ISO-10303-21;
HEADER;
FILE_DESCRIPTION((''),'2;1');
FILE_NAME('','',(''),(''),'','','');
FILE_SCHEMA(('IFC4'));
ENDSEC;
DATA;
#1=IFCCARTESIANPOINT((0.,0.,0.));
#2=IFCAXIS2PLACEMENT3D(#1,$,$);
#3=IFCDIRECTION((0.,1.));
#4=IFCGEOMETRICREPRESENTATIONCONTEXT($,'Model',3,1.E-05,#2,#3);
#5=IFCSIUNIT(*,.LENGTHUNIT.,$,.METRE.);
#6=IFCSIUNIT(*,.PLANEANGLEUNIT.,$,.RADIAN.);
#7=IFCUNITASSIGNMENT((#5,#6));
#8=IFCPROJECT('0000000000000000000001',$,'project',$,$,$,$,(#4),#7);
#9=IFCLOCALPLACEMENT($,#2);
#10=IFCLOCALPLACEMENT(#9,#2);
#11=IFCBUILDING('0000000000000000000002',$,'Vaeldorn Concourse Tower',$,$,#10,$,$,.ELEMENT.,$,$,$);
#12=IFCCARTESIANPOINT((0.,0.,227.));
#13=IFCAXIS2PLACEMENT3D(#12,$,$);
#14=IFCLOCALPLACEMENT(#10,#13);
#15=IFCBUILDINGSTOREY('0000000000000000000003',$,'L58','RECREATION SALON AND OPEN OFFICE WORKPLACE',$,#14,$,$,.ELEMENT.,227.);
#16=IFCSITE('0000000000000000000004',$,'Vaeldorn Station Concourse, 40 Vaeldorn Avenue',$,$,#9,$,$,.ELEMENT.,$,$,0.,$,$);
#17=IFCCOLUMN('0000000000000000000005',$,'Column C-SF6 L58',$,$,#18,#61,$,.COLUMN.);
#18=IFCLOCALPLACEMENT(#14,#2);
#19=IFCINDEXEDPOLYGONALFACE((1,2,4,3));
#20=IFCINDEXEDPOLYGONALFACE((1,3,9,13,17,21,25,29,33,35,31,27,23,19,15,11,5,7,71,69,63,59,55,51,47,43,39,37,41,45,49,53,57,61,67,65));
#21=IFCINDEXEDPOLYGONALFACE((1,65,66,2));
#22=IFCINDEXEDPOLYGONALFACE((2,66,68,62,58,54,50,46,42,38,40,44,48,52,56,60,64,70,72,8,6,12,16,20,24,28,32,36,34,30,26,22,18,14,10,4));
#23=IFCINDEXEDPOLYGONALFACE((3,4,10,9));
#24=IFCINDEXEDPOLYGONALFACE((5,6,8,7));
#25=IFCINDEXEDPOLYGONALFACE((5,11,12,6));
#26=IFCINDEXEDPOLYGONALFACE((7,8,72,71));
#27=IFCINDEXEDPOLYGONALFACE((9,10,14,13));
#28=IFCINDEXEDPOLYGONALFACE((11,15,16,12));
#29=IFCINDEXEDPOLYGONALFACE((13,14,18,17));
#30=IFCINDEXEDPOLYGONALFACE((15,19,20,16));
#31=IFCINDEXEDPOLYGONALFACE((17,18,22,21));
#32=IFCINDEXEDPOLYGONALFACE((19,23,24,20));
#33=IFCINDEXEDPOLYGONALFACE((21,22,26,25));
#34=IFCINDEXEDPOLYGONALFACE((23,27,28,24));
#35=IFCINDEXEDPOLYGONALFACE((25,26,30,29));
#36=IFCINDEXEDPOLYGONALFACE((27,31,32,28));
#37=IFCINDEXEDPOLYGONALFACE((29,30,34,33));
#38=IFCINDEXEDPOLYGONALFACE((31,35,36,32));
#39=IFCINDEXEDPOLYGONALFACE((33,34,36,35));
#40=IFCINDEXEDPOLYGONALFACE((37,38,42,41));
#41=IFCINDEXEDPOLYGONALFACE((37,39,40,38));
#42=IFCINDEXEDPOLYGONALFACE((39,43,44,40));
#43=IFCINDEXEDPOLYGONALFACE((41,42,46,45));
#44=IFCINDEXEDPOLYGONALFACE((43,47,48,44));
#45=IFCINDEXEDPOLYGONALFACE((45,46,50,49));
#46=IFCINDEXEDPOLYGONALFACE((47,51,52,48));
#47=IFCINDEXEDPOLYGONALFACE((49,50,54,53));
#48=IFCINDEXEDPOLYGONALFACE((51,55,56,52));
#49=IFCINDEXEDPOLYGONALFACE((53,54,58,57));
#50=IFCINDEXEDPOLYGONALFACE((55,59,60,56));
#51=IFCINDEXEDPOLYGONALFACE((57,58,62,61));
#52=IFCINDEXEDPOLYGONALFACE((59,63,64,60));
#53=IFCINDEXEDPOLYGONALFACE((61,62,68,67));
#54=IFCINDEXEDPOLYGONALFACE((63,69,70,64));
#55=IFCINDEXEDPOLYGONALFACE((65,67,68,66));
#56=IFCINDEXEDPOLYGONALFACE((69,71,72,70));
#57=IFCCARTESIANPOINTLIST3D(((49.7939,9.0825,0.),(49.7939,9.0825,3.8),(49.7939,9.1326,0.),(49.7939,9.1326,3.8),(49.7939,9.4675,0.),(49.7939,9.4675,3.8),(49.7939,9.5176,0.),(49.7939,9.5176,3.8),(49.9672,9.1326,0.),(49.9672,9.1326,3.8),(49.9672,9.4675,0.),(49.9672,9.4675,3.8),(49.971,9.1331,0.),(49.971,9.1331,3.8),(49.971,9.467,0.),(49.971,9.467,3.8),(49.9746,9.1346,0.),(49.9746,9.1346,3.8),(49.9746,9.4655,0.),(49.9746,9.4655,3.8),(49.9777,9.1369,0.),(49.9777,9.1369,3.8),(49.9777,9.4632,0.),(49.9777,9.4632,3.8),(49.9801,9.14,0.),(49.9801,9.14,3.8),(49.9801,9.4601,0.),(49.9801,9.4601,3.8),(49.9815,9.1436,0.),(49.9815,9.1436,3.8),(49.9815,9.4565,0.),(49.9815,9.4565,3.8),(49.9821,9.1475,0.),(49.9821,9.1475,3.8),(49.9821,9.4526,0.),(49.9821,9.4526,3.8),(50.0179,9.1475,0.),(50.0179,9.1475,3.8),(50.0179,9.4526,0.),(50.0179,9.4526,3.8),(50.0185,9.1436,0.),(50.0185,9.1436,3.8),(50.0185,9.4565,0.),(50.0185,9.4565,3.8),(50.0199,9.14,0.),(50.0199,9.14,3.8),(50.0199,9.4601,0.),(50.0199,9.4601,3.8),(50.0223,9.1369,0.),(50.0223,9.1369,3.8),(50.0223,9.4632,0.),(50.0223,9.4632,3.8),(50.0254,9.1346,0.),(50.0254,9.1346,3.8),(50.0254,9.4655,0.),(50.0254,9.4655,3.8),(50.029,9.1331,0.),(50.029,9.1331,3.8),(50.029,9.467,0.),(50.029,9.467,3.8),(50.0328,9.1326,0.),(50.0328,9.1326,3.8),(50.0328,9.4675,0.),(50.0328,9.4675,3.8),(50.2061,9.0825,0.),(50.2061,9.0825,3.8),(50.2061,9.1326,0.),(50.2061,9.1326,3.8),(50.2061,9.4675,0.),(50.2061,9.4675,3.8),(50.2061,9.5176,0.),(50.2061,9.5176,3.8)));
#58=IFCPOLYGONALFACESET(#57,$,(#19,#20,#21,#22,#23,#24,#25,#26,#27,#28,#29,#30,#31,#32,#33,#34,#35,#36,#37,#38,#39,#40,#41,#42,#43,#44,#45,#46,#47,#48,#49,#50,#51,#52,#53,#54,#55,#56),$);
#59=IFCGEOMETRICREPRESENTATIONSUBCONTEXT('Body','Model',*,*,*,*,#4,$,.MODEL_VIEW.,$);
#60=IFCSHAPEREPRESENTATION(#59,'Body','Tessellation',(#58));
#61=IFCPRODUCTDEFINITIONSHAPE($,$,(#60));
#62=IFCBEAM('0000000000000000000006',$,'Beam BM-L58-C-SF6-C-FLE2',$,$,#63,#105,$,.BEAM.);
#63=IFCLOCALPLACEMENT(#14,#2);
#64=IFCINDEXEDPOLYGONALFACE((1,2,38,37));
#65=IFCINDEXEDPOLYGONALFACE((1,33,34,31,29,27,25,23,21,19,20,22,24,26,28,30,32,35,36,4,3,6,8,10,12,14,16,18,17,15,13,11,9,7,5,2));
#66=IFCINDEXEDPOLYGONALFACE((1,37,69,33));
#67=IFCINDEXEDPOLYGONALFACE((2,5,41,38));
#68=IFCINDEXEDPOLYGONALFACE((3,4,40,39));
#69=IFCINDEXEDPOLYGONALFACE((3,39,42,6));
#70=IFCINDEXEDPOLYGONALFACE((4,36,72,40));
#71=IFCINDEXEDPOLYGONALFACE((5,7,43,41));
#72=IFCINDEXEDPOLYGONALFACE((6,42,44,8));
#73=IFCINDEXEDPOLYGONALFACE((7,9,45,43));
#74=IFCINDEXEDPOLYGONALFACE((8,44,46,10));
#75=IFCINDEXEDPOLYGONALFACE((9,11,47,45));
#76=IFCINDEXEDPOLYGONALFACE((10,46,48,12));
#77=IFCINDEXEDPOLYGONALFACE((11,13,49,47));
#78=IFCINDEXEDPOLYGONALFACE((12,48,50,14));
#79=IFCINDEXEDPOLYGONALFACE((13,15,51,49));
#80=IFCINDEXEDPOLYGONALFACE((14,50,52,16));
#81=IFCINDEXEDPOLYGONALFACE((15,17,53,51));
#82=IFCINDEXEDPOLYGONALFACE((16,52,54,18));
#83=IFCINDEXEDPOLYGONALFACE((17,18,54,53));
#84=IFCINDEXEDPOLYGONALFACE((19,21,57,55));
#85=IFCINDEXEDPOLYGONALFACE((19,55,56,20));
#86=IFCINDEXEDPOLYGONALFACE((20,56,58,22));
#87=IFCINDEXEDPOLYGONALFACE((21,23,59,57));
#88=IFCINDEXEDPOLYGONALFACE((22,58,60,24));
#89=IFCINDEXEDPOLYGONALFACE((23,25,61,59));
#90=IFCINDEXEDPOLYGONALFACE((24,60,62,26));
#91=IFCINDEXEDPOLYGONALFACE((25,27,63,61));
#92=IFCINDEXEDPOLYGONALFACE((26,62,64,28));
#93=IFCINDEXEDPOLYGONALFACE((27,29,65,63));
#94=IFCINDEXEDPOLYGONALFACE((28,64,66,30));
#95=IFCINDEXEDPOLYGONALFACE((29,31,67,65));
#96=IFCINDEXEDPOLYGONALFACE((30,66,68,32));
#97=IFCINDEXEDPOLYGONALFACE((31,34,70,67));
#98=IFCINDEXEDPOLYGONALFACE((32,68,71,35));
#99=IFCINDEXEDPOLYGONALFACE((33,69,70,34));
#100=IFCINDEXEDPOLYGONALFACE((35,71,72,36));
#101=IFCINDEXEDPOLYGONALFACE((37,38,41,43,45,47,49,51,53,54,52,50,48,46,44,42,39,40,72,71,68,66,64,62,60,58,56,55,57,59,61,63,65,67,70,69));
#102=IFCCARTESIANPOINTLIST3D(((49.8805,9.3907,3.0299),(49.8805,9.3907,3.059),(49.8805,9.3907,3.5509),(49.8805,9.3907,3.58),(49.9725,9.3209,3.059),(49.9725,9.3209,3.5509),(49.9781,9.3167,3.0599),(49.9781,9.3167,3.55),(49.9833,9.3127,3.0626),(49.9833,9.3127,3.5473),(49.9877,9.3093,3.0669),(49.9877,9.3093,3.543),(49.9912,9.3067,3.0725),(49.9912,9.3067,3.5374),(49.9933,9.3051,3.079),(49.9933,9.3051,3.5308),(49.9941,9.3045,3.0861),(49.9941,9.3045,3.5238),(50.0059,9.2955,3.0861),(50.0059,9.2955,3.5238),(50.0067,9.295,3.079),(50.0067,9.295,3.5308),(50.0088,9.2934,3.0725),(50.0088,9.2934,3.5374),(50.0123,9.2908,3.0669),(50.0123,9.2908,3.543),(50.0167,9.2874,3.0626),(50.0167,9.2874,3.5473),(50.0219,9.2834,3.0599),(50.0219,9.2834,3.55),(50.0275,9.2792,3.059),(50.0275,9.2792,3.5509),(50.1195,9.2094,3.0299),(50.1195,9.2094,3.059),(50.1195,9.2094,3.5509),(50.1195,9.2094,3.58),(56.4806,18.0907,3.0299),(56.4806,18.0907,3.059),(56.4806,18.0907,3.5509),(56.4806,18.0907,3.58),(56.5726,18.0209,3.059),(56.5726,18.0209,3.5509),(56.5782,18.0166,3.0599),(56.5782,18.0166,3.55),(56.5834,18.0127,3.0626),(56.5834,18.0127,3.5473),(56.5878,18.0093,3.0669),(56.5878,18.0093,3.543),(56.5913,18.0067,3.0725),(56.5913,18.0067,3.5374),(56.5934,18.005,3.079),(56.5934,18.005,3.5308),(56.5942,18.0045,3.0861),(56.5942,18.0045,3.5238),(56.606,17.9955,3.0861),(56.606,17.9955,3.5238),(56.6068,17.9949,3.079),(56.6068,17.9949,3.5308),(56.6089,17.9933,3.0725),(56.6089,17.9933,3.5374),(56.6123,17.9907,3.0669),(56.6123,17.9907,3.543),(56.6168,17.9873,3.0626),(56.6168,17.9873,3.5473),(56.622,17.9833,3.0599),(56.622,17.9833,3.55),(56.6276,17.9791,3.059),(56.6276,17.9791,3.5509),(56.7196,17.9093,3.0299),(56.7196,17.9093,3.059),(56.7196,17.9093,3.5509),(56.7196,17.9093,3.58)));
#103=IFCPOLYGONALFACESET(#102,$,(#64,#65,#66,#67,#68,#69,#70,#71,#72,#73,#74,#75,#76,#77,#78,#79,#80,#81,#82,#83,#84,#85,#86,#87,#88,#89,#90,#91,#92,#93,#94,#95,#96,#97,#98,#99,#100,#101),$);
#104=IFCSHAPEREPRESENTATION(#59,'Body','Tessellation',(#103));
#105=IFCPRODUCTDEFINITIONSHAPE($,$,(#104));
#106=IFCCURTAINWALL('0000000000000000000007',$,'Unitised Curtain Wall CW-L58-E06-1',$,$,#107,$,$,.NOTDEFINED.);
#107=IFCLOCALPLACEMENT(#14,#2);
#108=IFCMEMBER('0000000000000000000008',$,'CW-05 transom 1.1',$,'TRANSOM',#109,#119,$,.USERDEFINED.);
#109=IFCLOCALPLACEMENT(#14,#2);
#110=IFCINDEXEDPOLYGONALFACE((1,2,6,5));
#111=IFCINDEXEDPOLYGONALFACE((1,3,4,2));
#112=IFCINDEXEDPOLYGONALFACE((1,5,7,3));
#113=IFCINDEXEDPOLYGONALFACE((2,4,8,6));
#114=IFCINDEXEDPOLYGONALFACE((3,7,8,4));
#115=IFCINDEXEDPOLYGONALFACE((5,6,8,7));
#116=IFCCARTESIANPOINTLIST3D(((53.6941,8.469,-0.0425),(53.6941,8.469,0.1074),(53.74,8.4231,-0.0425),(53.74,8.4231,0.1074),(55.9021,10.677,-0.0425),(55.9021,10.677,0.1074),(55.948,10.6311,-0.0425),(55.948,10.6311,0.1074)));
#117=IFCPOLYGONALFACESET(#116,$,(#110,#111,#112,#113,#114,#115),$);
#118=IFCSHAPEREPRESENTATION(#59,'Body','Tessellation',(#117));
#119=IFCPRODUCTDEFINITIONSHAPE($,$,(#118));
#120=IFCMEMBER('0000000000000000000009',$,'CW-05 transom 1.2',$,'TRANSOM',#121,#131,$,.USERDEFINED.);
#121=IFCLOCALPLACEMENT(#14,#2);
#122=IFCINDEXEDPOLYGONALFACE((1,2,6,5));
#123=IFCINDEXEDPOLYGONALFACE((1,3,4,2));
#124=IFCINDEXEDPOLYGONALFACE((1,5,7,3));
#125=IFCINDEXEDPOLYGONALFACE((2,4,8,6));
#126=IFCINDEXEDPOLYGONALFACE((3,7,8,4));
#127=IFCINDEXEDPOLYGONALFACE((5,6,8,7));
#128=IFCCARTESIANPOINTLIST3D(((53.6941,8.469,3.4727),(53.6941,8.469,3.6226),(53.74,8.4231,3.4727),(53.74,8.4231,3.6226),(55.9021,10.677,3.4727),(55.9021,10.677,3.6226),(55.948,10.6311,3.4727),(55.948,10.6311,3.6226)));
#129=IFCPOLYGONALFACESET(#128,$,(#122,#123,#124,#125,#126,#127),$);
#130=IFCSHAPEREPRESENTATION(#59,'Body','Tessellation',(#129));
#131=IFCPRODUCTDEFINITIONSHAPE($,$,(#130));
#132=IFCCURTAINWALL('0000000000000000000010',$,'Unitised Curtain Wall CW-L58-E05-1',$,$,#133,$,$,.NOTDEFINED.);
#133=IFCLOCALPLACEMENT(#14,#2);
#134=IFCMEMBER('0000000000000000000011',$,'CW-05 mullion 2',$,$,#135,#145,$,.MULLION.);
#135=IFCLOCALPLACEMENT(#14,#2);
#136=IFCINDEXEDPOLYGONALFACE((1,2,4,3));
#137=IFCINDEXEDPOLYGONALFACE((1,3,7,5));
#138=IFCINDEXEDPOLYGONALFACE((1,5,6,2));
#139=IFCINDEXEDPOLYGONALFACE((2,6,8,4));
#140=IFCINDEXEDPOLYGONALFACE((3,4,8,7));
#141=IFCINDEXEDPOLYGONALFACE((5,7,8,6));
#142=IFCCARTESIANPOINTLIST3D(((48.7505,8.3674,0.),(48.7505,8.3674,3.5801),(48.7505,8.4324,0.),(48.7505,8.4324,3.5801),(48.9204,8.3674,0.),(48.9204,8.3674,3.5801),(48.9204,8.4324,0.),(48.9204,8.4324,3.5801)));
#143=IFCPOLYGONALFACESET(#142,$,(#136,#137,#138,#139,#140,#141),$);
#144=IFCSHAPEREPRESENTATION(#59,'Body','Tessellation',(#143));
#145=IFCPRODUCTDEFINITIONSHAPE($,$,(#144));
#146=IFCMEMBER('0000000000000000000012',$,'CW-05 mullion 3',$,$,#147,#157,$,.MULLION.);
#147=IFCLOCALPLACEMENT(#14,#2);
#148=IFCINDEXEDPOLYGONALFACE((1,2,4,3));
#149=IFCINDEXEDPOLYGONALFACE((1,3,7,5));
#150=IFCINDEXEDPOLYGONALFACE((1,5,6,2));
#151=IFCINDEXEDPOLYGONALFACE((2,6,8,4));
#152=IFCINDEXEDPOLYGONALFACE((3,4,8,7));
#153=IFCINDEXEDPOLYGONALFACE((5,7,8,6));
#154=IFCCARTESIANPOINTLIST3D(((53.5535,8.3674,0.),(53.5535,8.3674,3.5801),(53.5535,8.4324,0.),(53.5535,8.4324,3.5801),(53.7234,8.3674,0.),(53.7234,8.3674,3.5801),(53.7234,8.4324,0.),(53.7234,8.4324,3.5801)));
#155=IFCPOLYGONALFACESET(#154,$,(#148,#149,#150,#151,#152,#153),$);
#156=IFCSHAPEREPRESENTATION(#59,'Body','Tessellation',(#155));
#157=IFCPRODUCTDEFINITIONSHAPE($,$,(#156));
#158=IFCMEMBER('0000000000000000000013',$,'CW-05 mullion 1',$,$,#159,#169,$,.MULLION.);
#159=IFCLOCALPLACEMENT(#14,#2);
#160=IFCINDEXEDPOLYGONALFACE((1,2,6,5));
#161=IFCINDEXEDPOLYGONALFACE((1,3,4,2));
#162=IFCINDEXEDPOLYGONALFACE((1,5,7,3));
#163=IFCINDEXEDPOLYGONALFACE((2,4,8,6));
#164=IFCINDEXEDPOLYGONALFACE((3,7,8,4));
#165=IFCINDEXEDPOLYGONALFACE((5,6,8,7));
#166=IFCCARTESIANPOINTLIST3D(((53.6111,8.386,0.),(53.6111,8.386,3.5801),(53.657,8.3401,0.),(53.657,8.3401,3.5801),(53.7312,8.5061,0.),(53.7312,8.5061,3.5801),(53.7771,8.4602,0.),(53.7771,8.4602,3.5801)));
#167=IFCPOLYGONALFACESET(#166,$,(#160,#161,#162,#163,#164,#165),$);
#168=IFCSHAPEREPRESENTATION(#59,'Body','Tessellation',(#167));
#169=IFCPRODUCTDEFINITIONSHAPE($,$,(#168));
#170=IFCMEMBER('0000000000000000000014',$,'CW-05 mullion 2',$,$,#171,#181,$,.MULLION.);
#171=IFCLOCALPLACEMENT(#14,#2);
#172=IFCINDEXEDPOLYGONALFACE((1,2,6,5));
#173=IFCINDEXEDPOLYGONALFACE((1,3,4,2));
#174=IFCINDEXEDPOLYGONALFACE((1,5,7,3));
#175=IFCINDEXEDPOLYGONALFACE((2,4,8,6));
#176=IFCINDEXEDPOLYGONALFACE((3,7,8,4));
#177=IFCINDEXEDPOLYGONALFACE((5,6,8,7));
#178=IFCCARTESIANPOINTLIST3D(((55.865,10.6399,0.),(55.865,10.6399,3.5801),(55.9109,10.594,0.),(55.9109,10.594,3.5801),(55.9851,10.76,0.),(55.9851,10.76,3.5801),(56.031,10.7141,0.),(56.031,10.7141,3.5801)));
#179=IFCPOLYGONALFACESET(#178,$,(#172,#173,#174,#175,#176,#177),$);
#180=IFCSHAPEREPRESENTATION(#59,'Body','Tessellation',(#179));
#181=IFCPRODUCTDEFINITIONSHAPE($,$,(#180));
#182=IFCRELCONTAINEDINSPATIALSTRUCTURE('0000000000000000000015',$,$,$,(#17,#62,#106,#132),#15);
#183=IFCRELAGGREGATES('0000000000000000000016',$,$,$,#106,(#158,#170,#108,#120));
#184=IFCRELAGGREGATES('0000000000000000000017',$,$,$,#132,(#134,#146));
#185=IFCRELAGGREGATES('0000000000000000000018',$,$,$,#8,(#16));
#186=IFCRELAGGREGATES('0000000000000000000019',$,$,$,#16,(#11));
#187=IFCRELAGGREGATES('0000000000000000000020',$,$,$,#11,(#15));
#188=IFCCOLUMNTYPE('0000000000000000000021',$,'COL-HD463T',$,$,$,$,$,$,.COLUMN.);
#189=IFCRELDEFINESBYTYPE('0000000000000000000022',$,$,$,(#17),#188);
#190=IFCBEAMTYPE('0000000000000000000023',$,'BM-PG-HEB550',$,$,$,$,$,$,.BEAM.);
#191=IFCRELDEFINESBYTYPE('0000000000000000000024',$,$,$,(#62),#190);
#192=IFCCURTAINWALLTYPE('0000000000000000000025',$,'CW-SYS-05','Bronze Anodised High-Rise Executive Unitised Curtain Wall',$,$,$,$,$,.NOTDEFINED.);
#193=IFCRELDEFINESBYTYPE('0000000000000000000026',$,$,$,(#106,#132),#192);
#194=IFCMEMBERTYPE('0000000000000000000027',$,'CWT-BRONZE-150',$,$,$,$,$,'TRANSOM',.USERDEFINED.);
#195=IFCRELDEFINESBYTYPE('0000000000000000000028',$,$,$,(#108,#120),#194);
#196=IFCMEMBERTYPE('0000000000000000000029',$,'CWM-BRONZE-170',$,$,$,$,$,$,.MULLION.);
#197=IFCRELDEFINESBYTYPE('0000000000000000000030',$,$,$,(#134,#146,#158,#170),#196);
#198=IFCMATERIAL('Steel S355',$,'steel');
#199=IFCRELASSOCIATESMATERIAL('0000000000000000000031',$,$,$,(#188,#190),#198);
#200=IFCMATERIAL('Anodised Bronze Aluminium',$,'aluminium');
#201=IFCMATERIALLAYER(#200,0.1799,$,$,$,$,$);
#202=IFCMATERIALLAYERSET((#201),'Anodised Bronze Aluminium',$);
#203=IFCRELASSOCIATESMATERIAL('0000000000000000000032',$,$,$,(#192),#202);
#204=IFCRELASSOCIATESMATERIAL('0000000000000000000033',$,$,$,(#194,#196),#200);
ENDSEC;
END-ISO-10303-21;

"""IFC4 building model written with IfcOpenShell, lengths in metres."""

from ifc_helpers import new_model, si_unit, direction, frame, origin, origin_2d, place, context, subcontext, project, spatial, rectangle, i_section, extrude, source, transform, mapped, material, layer, layer_set, material_profile, profile_set, type_object, element, aggregate, save


model = new_model("IFC4")

# Units and contexts
model_context = context("Model", 3, precision=1e-05, world=origin(), true_north=direction((0.0, 1.0)))
body_context = subcontext(model_context, "Body", "Model", "MODEL_VIEW")
ifc_project = project(units=[si_unit("LENGTHUNIT", "METRE"), si_unit("PLANEANGLEUNIT", "RADIAN")], contexts=[model_context])

# Site, building, storey
site_placement = place(None, origin())
site = spatial("IfcSite", under=ifc_project, at=site_placement, Name="Vaeldorn Station Concourse, 40 Vaeldorn Avenue", CompositionType="ELEMENT", RefElevation=0.0)
building_placement = place(site_placement, origin())
building = spatial("IfcBuilding", under=site, at=building_placement, Name="Vaeldorn Concourse Tower", CompositionType="ELEMENT")
storey_placement = place(building_placement, frame((0.0, 0.0, 227.0)))
storey = spatial("IfcBuildingStorey", under=building, at=storey_placement, Name="L58", Description="RECREATION SALON AND OPEN OFFICE WORKPLACE", CompositionType="ELEMENT", Elevation=227.0)

# Column
ifc_material_1 = material(Name="Steel S355", Category="steel")
ifc_material_profile_1 = material_profile(ifc_material_1, i_section(OverallWidth=0.4121, OverallDepth=0.4351, WebThickness=0.0359, FlangeThickness=0.05, FilletRadius=0.0149, at=origin_2d()), Name="HD 400x463")
ifc_profile_set_1 = profile_set([ifc_material_profile_1], Name="Steel S355")
column_type = type_object("IfcColumnType", Name="COL-HD463T", PredefinedType="COLUMN", material=ifc_profile_set_1)
shared_shape_1 = source(origin(), body_context, "Body", "SweptSolid", [
    extrude(i_section(OverallWidth=0.4121, OverallDepth=0.4351, WebThickness=0.0359, FlangeThickness=0.05, FilletRadius=0.0149, at=origin_2d()), origin(), (0.0, 0.0, 1.0), 3.8),
])
column_placement = place(storey_placement, frame((50.0, 9.3, 0.0), z_axis=(0.0, 0.0, 1.0), x_axis=(1.0, 0.0, 0.0)))
element("IfcColumn", 1, at=column_placement, inside=storey, type_object=column_type, Name="Column C-SF6 L58", PredefinedType="COLUMN", context=body_context, shape_type="MappedRepresentation", body=[
    mapped(shared_shape_1, transform((0.0, 0.0, 0.0), scale=1.0)),
])

# Beam
ifc_material_profile_2 = material_profile(ifc_material_1, i_section(OverallWidth=0.3, OverallDepth=0.55, WebThickness=0.0149, FlangeThickness=0.0291, FilletRadius=0.0271, at=origin_2d()), Name="HEB 550")
ifc_profile_set_2 = profile_set([ifc_material_profile_2], Name="Steel S355")
beam_type = type_object("IfcBeamType", Name="BM-PG-HEB550", PredefinedType="BEAM", material=ifc_profile_set_2)
shared_shape_2 = source(origin(), body_context, "Body", "SweptSolid", [
    extrude(i_section(OverallWidth=0.3, OverallDepth=0.55, WebThickness=0.0149, FlangeThickness=0.0291, FilletRadius=0.0271, at=origin_2d()), origin(), (0.0, 0.0, 1.0), 10.9202),
])
beam_placement = place(storey_placement, frame((50.0, 9.3, 3.3049), z_axis=(0.604394, 0.796685, 0.0), x_axis=(-0.796685, 0.604394, 0.0)))
element("IfcBeam", 2, at=beam_placement, inside=storey, type_object=beam_type, Name="Beam BM-L58-C-SF6-C-FLE2", PredefinedType="BEAM", context=body_context, shape_type="MappedRepresentation", body=[
    mapped(shared_shape_2, transform((0.0, 0.0, 0.0), scale=1.0)),
])

# Curtain walls, members
ifc_material_2 = material(Name="Anodised Bronze Aluminium", Category="aluminium")
ifc_layer_1 = layer(ifc_material_2, 0.1799)
ifc_layer_set_1 = layer_set([ifc_layer_1], Name="Anodised Bronze Aluminium")
curtain_wall_type = type_object("IfcCurtainWallType", Name="CW-SYS-05", Description="Bronze Anodised High-Rise Executive Unitised Curtain Wall", PredefinedType="NOTDEFINED", material=ifc_layer_set_1)
curtain_wall_1_placement = place(storey_placement, origin())
curtain_wall_1 = element("IfcCurtainWall", 3, at=curtain_wall_1_placement, inside=storey, type_object=curtain_wall_type, Name="Unitised Curtain Wall CW-L58-E06-1", PredefinedType="NOTDEFINED")
ifc_material_profile_3 = material_profile(ifc_material_2, rectangle(XDim=0.0649, YDim=0.1499, at=origin_2d()), Name="CWT 65x150")
ifc_profile_set_3 = profile_set([ifc_material_profile_3], Name="Anodised Bronze Aluminium")
member_type_1 = type_object("IfcMemberType", Name="CWT-BRONZE-150", ElementType="TRANSOM", PredefinedType="USERDEFINED", material=ifc_profile_set_3)
shared_shape_3 = source(origin(), body_context, "Body", "SweptSolid", [
    extrude(rectangle(XDim=0.0649, YDim=0.1499, at=origin_2d()), origin(), (0.0, 0.0, 1.0), 3.1226),
])
member_1_placement = place(storey_placement, frame((53.717, 8.446, 0.0325), z_axis=(0.707107, 0.707107, 0.0), x_axis=(-0.707107, 0.707107, 0.0)))
member_1 = element("IfcMember", 4, at=member_1_placement, type_object=member_type_1, Name="CW-05 transom 1.1", ObjectType="TRANSOM", PredefinedType="USERDEFINED", context=body_context, shape_type="MappedRepresentation", body=[
    mapped(shared_shape_3, transform((0.0, 0.0, 0.0), scale=1.0)),
])
member_2_placement = place(storey_placement, frame((53.717, 8.446, 3.5476), z_axis=(0.707107, 0.707107, 0.0), x_axis=(-0.707107, 0.707107, 0.0)))
member_2 = element("IfcMember", 5, at=member_2_placement, type_object=member_type_1, Name="CW-05 transom 1.2", ObjectType="TRANSOM", PredefinedType="USERDEFINED", context=body_context, shape_type="MappedRepresentation", body=[
    mapped(shared_shape_3, transform((0.0, 0.0, 0.0), scale=1.0)),
])
curtain_wall_2_placement = place(storey_placement, origin())
curtain_wall_2 = element("IfcCurtainWall", 6, at=curtain_wall_2_placement, inside=storey, type_object=curtain_wall_type, Name="Unitised Curtain Wall CW-L58-E05-1", PredefinedType="NOTDEFINED")
ifc_material_profile_4 = material_profile(ifc_material_2, rectangle(XDim=0.0649, YDim=0.1699, at=origin_2d()), Name="CWM 65x170")
ifc_profile_set_4 = profile_set([ifc_material_profile_4], Name="Anodised Bronze Aluminium")
member_type_2 = type_object("IfcMemberType", Name="CWM-BRONZE-170", PredefinedType="MULLION", material=ifc_profile_set_4)
shared_shape_4 = source(origin(), body_context, "Body", "SweptSolid", [
    extrude(rectangle(XDim=0.0649, YDim=0.1699, at=origin_2d()), origin(), (0.0, 0.0, 1.0), 3.5801),
])
member_3_placement = place(storey_placement, frame((48.8354, 8.3999, 0.0), z_axis=(0.0, 0.0, 1.0), x_axis=(0.0, 1.0, 0.0)))
member_3 = element("IfcMember", 7, at=member_3_placement, type_object=member_type_2, Name="CW-05 mullion 2", PredefinedType="MULLION", context=body_context, shape_type="MappedRepresentation", body=[
    mapped(shared_shape_4, transform((0.0, 0.0, 0.0), scale=1.0)),
])
member_4_placement = place(storey_placement, frame((53.6384, 8.3999, 0.0), z_axis=(0.0, 0.0, 1.0), x_axis=(0.0, 1.0, 0.0)))
member_4 = element("IfcMember", 8, at=member_4_placement, type_object=member_type_2, Name="CW-05 mullion 3", PredefinedType="MULLION", context=body_context, shape_type="MappedRepresentation", body=[
    mapped(shared_shape_4, transform((0.0, 0.0, 0.0), scale=1.0)),
])

# Members
member_5_placement = place(storey_placement, frame((53.6941, 8.4231, 0.0), z_axis=(0.0, 0.0, 1.0), x_axis=(-0.707107, 0.707107, 0.0)))
member_5 = element("IfcMember", 9, at=member_5_placement, type_object=member_type_2, Name="CW-05 mullion 1", PredefinedType="MULLION", context=body_context, shape_type="MappedRepresentation", body=[
    mapped(shared_shape_4, transform((0.0, 0.0, 0.0), scale=1.0)),
])
member_6_placement = place(storey_placement, frame((55.948, 10.677, 0.0), z_axis=(0.0, 0.0, 1.0), x_axis=(-0.707107, 0.707107, 0.0)))
member_6 = element("IfcMember", 10, at=member_6_placement, type_object=member_type_2, Name="CW-05 mullion 2", PredefinedType="MULLION", context=body_context, shape_type="MappedRepresentation", body=[
    mapped(shared_shape_4, transform((0.0, 0.0, 0.0), scale=1.0)),
])

aggregate(curtain_wall_1, [member_5, member_6, member_1, member_2])
aggregate(curtain_wall_2, [member_3, member_4])

save(model, "model.ifc")
